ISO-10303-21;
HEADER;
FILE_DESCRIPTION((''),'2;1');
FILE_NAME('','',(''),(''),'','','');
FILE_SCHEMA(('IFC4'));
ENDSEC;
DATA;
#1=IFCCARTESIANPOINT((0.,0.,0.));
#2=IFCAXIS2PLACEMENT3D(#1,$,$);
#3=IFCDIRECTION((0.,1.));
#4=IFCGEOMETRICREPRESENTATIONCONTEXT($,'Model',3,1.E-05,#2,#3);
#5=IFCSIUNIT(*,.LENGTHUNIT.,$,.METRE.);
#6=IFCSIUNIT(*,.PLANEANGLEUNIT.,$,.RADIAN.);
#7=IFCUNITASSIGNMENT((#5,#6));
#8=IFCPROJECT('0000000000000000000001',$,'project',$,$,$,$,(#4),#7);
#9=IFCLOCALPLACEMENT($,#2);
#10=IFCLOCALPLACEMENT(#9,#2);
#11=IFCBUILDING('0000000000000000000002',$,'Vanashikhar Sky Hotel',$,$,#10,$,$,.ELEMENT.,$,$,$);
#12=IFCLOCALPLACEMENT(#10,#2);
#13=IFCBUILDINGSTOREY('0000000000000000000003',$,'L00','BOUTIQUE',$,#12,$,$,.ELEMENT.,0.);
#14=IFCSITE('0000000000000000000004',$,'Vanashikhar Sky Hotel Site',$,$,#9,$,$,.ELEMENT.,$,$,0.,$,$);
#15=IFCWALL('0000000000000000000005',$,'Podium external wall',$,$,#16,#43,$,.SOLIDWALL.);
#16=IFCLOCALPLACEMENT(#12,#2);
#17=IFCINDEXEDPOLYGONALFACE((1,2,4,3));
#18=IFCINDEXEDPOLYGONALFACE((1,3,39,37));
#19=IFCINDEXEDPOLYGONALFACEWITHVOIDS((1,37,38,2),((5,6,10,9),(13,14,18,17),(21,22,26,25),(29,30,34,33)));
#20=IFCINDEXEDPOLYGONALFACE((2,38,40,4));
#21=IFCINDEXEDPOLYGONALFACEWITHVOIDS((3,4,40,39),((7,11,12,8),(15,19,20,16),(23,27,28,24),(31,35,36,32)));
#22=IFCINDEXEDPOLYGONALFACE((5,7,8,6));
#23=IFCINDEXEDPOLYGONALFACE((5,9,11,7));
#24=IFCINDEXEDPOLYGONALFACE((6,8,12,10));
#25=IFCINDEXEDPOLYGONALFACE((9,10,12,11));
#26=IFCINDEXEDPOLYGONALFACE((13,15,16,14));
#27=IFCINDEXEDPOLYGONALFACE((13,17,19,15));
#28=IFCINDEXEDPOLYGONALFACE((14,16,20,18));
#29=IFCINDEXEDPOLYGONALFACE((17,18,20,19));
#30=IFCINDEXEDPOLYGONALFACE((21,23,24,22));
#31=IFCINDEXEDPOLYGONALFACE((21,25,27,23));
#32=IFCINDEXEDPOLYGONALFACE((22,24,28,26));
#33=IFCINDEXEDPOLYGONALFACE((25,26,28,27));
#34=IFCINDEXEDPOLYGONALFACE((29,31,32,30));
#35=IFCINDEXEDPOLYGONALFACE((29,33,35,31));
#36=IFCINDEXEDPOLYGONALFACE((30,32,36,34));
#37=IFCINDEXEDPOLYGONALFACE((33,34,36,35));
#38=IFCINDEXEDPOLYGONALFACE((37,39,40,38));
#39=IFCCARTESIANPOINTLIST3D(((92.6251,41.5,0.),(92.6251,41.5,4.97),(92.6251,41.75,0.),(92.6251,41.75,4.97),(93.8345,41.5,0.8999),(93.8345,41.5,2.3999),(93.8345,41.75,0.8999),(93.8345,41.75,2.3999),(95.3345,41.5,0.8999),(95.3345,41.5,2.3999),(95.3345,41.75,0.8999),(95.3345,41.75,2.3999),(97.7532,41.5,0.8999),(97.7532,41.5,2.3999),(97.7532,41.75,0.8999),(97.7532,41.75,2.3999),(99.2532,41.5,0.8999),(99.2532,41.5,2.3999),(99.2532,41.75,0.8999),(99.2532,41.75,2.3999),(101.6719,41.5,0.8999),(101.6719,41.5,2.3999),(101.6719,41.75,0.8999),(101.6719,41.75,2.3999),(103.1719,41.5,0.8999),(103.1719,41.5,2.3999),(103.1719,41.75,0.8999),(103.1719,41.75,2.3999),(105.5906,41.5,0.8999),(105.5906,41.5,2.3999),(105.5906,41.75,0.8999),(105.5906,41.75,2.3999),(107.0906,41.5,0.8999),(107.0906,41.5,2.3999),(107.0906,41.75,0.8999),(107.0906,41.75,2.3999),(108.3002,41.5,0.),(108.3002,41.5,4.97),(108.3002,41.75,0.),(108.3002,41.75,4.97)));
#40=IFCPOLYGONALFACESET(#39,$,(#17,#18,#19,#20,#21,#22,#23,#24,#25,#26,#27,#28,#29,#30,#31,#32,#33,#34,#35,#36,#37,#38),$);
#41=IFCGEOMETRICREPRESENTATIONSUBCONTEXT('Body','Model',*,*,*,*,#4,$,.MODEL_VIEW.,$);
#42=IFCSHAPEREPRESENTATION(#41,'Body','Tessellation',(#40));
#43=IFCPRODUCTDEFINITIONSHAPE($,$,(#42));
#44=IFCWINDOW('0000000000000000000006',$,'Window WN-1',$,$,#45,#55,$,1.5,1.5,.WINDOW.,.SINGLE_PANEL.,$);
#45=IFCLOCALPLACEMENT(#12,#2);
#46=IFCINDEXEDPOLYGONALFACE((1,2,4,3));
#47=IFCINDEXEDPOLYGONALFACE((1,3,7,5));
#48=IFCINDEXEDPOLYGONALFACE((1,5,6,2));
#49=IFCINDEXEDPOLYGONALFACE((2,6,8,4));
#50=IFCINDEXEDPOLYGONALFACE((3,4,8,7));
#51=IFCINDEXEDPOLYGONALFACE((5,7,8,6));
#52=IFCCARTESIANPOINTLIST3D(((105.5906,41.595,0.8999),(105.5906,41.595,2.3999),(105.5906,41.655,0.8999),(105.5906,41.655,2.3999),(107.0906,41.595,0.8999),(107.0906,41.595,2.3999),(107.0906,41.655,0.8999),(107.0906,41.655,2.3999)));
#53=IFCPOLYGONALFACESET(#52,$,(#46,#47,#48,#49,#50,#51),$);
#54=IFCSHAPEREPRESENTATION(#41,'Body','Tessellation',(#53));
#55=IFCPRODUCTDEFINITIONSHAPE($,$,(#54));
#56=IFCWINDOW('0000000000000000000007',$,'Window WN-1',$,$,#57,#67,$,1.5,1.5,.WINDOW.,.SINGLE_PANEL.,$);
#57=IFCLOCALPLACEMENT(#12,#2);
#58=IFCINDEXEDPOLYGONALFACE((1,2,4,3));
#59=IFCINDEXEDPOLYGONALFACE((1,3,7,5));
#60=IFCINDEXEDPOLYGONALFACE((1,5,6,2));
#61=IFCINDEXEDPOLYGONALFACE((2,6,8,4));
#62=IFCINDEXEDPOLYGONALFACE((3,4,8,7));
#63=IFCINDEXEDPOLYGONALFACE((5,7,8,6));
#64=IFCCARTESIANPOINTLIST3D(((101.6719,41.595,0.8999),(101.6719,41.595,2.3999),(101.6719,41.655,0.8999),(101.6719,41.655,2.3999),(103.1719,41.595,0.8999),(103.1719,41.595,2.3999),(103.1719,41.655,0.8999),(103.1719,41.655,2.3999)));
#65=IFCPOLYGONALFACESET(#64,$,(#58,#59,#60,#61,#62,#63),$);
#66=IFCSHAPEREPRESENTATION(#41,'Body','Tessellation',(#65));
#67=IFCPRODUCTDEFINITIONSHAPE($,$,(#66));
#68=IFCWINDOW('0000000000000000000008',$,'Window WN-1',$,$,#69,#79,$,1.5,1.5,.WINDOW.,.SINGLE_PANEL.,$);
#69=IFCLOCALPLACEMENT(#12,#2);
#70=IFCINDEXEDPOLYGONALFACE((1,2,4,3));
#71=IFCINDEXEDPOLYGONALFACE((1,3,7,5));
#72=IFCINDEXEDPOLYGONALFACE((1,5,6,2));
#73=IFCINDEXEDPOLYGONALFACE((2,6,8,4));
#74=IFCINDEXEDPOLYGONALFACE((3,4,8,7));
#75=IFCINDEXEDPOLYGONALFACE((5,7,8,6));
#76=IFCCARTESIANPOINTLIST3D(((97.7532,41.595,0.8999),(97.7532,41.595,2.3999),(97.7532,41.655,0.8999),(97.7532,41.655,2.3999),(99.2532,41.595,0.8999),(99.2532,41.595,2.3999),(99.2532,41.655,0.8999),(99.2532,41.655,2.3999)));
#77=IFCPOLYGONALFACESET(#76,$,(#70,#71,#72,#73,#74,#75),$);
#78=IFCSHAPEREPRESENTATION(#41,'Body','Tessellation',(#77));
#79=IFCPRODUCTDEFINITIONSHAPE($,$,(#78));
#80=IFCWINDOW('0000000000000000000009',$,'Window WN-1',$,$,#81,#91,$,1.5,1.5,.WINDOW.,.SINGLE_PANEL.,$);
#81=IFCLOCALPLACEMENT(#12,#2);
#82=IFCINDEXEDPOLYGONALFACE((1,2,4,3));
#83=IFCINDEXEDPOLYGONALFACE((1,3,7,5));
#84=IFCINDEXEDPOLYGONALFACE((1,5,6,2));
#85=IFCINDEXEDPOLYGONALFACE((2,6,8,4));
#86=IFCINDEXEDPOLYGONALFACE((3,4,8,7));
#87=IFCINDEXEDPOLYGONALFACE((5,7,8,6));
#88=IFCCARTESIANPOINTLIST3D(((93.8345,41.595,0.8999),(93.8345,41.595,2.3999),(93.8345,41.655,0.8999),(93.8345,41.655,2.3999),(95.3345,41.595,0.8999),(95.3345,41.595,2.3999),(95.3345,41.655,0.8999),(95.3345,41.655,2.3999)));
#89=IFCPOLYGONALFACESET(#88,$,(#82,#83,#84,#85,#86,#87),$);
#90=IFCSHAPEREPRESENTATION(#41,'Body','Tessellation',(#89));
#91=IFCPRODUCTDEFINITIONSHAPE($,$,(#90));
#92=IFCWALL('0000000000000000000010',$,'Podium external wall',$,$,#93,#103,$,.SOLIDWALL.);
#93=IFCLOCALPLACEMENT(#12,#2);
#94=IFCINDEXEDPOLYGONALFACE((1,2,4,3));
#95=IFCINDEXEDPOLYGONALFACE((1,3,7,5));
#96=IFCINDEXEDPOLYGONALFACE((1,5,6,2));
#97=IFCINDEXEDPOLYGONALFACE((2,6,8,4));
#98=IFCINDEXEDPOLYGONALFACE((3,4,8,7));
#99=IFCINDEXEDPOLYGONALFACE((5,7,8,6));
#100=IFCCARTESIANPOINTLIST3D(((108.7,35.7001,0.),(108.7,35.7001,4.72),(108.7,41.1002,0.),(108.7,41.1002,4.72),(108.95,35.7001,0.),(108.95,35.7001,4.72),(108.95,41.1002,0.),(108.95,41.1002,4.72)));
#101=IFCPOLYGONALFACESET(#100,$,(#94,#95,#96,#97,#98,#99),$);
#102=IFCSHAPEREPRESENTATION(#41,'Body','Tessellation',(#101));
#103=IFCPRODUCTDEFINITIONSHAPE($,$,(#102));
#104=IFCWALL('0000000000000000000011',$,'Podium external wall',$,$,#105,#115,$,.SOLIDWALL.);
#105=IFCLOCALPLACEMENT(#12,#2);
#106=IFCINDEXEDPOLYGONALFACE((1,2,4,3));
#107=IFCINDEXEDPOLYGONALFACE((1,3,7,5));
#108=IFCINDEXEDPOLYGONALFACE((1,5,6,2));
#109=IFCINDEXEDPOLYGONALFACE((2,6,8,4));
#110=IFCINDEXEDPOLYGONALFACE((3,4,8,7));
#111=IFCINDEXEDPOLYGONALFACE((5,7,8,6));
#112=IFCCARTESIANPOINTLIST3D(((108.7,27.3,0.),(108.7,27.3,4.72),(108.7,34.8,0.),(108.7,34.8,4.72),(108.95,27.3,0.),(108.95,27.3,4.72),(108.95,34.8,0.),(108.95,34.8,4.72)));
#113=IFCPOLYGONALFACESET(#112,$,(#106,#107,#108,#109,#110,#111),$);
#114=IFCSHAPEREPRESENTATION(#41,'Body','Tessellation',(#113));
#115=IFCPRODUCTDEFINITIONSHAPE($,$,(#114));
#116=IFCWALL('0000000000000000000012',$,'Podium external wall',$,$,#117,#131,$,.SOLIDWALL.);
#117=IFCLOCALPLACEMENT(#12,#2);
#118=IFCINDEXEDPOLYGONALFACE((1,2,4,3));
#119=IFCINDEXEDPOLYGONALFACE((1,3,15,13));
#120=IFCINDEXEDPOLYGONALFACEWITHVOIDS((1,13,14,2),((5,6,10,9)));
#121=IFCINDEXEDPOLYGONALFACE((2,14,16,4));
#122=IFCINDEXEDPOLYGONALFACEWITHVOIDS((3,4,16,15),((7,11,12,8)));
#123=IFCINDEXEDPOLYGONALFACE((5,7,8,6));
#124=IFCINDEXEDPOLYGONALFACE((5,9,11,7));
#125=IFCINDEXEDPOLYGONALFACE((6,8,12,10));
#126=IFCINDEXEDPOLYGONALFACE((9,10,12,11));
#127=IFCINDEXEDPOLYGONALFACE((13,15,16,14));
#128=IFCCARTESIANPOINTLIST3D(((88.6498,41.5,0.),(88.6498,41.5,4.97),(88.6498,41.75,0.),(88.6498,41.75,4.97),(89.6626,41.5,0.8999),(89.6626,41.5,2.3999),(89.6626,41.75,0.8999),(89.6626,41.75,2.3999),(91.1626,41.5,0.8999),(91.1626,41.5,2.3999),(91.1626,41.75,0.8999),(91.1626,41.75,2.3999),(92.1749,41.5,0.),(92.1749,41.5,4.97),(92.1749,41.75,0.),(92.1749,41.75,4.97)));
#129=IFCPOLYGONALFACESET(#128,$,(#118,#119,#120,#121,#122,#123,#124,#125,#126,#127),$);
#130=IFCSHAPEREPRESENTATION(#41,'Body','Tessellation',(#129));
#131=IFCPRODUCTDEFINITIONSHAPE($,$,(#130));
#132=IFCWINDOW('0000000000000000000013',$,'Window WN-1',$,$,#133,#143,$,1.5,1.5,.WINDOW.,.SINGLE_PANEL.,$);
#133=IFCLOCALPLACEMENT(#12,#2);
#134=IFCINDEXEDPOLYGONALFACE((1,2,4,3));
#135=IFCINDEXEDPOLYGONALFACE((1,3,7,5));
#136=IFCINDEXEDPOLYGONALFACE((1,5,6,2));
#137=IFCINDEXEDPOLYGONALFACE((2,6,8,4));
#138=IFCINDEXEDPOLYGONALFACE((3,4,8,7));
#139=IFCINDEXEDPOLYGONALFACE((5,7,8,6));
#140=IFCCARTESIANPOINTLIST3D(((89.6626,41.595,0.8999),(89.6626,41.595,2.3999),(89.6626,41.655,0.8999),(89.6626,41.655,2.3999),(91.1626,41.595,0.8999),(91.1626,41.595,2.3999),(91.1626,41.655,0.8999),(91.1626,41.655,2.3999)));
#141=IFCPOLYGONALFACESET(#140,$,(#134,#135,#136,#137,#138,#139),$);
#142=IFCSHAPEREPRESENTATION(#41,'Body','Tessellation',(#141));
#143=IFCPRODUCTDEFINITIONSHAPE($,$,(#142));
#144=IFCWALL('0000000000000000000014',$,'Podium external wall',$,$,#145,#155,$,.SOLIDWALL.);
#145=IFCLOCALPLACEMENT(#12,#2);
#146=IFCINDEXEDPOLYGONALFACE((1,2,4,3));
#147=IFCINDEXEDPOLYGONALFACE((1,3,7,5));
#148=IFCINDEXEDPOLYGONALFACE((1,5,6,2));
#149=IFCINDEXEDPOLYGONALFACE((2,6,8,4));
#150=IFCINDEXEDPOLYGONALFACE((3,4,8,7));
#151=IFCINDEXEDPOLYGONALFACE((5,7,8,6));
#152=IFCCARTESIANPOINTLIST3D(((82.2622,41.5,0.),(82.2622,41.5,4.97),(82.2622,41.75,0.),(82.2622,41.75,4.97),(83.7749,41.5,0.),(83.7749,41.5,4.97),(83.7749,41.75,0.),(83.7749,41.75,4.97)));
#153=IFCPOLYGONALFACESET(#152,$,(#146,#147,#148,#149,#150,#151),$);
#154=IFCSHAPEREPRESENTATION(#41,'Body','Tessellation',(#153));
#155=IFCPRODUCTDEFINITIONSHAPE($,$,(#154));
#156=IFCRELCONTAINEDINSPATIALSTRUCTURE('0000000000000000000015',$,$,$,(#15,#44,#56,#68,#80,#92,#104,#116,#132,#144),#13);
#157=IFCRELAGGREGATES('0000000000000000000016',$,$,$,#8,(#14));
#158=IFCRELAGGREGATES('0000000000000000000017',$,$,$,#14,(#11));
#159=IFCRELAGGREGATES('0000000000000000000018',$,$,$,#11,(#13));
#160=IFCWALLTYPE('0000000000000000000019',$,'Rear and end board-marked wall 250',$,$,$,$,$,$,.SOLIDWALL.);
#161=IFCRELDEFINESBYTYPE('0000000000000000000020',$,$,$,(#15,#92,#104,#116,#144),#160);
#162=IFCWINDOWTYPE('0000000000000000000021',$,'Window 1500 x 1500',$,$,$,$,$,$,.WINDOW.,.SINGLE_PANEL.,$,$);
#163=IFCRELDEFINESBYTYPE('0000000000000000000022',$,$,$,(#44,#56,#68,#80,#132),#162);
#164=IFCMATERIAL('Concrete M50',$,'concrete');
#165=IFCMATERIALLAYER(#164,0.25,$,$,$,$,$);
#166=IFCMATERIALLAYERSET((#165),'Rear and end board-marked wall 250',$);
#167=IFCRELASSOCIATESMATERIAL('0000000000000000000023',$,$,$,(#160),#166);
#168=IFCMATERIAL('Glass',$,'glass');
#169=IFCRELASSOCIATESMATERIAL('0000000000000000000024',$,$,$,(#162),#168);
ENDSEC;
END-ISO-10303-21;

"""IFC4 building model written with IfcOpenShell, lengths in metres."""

from ifc_helpers import new_model, si_unit, direction, frame, frame_2d, origin, place, context, subcontext, project, spatial, rectangle, extrude, source, transform, mapped, material, layer, layer_set, type_object, element, fill, save


model = new_model("IFC4")

# Units and contexts
model_context = context("Model", 3, precision=1e-05, world=origin(), true_north=direction((0.0, 1.0)))
body_context = subcontext(model_context, "Body", "Model", "MODEL_VIEW")
ifc_project = project(units=[si_unit("LENGTHUNIT", "METRE"), si_unit("PLANEANGLEUNIT", "RADIAN")], contexts=[model_context])

# Site, building, storey
site_placement = place(None, origin())
site = spatial("IfcSite", under=ifc_project, at=site_placement, Name="Vanashikhar Sky Hotel Site", CompositionType="ELEMENT", RefElevation=0.0)
building_placement = place(site_placement, origin())
building = spatial("IfcBuilding", under=site, at=building_placement, Name="Vanashikhar Sky Hotel", CompositionType="ELEMENT")
storey_placement = place(building_placement, origin())
storey = spatial("IfcBuildingStorey", under=building, at=storey_placement, Name="L00", Description="BOUTIQUE", CompositionType="ELEMENT", Elevation=0.0)

# Shared definitions
ifc_material_1 = material(Name="Concrete M50", Category="concrete")
ifc_layer_1 = layer(ifc_material_1, 0.25)
ifc_layer_set_1 = layer_set([ifc_layer_1], Name="Rear and end board-marked wall 250")
wall_type_1 = type_object("IfcWallType", Name="Rear and end board-marked wall 250", PredefinedType="SOLIDWALL", material=ifc_layer_set_1)
shared_shape_1 = source(origin(), body_context, "Body", "SweptSolid", [
    extrude(rectangle(XDim=1.5, YDim=1.5, at=frame_2d((0.75, 0.75))), frame((0.0, 0.135, 0.0), z_axis=(0.0, -1.0, 0.0), x_axis=(1.0, 0.0, 0.0)), (0.0, 0.0, 1.0), 0.27),
])
ifc_material_2 = material(Name="Glass", Category="glass")
window_type = type_object("IfcWindowType", Name="Window 1500 x 1500", PartitioningType="SINGLE_PANEL", PredefinedType="WINDOW", material=ifc_material_2)
shared_shape_2 = source(origin(), body_context, "Body", "SweptSolid", [
    extrude(rectangle(XDim=1.5, YDim=1.5, at=frame_2d((0.75, 0.75))), frame((0.0, 0.03, 0.0), z_axis=(0.0, -1.0, 0.0), x_axis=(1.0, 0.0, 0.0)), (0.0, 0.0, 1.0), 0.0601),
])

# Wall, openings, windows
shared_shape_3 = source(origin(), body_context, "Body", "SweptSolid", [
    extrude(rectangle(XDim=15.675, YDim=0.25, at=frame_2d((7.8374, 0.0))), origin(), (0.0, 0.0, 1.0), 4.97),
])
wall_1_placement = place(storey_placement, frame((108.3, 41.625, 0.0), z_axis=(0.0, 0.0, 1.0), x_axis=(-1.0, 0.0, 0.0)))
wall_1 = element("IfcWall", 1, at=wall_1_placement, inside=storey, type_object=wall_type_1, Name="Podium external wall", PredefinedType="SOLIDWALL", context=body_context, shape_type="MappedRepresentation", body=[
    mapped(shared_shape_3, transform((0.0, 0.0, 0.0), scale=1.0)),
])
opening_1_placement = place(wall_1_placement, frame((1.2095, 0.0, 0.8999)))
opening_1 = element("IfcOpeningElement", 2, at=opening_1_placement, cuts=wall_1, PredefinedType="OPENING", context=body_context, shape_type="MappedRepresentation", body=[
    mapped(shared_shape_1, transform((0.0, 0.0, 0.0), scale=1.0)),
])
opening_2_placement = place(wall_1_placement, frame((5.1282, 0.0, 0.8999)))
opening_2 = element("IfcOpeningElement", 3, at=opening_2_placement, cuts=wall_1, PredefinedType="OPENING", context=body_context, shape_type="MappedRepresentation", body=[
    mapped(shared_shape_1, transform((0.0, 0.0, 0.0), scale=1.0)),
])
opening_3_placement = place(wall_1_placement, frame((9.0469, 0.0, 0.8999)))
opening_3 = element("IfcOpeningElement", 4, at=opening_3_placement, cuts=wall_1, PredefinedType="OPENING", context=body_context, shape_type="MappedRepresentation", body=[
    mapped(shared_shape_1, transform((0.0, 0.0, 0.0), scale=1.0)),
])
opening_4_placement = place(wall_1_placement, frame((12.9656, 0.0, 0.8999)))
opening_4 = element("IfcOpeningElement", 5, at=opening_4_placement, cuts=wall_1, PredefinedType="OPENING", context=body_context, shape_type="MappedRepresentation", body=[
    mapped(shared_shape_1, transform((0.0, 0.0, 0.0), scale=1.0)),
])
window_1_placement = place(opening_1_placement, origin())
window_1 = element("IfcWindow", 6, at=window_1_placement, inside=storey, type_object=window_type, Name="Window WN-1", OverallHeight=1.5, OverallWidth=1.5, PartitioningType="SINGLE_PANEL", PredefinedType="WINDOW", context=body_context, shape_type="MappedRepresentation", body=[
    mapped(shared_shape_2, transform((0.0, 0.0, 0.0), scale=1.0)),
])
fill(opening_1, window_1)
window_2_placement = place(opening_2_placement, origin())
window_2 = element("IfcWindow", 7, at=window_2_placement, inside=storey, type_object=window_type, Name="Window WN-1", OverallHeight=1.5, OverallWidth=1.5, PartitioningType="SINGLE_PANEL", PredefinedType="WINDOW", context=body_context, shape_type="MappedRepresentation", body=[
    mapped(shared_shape_2, transform((0.0, 0.0, 0.0), scale=1.0)),
])
fill(opening_2, window_2)
window_3_placement = place(opening_3_placement, origin())
window_3 = element("IfcWindow", 8, at=window_3_placement, inside=storey, type_object=window_type, Name="Window WN-1", OverallHeight=1.5, OverallWidth=1.5, PartitioningType="SINGLE_PANEL", PredefinedType="WINDOW", context=body_context, shape_type="MappedRepresentation", body=[
    mapped(shared_shape_2, transform((0.0, 0.0, 0.0), scale=1.0)),
])
fill(opening_3, window_3)
window_4_placement = place(opening_4_placement, origin())
window_4 = element("IfcWindow", 9, at=window_4_placement, inside=storey, type_object=window_type, Name="Window WN-1", OverallHeight=1.5, OverallWidth=1.5, PartitioningType="SINGLE_PANEL", PredefinedType="WINDOW", context=body_context, shape_type="MappedRepresentation", body=[
    mapped(shared_shape_2, transform((0.0, 0.0, 0.0), scale=1.0)),
])
fill(opening_4, window_4)

# Walls
shared_shape_4 = source(origin(), body_context, "Body", "SweptSolid", [
    extrude(rectangle(XDim=5.4001, YDim=0.25, at=frame_2d((2.7002, 0.0))), origin(), (0.0, 0.0, 1.0), 4.72),
])
wall_2_placement = place(storey_placement, frame((108.825, 35.7, 0.0), z_axis=(0.0, 0.0, 1.0), x_axis=(0.0, 1.0, 0.0)))
element("IfcWall", 10, at=wall_2_placement, inside=storey, type_object=wall_type_1, Name="Podium external wall", PredefinedType="SOLIDWALL", context=body_context, shape_type="MappedRepresentation", body=[
    mapped(shared_shape_4, transform((0.0, 0.0, 0.0), scale=1.0)),
])
shared_shape_5 = source(origin(), body_context, "Body", "SweptSolid", [
    extrude(rectangle(XDim=7.5, YDim=0.25, at=frame_2d((3.75, 0.0))), origin(), (0.0, 0.0, 1.0), 4.72),
])
wall_3_placement = place(storey_placement, frame((108.825, 27.3, 0.0), z_axis=(0.0, 0.0, 1.0), x_axis=(0.0, 1.0, 0.0)))
element("IfcWall", 11, at=wall_3_placement, inside=storey, type_object=wall_type_1, Name="Podium external wall", PredefinedType="SOLIDWALL", context=body_context, shape_type="MappedRepresentation", body=[
    mapped(shared_shape_5, transform((0.0, 0.0, 0.0), scale=1.0)),
])

# Wall, opening, window
shared_shape_6 = source(origin(), body_context, "Body", "SweptSolid", [
    extrude(rectangle(XDim=3.5251, YDim=0.25, at=frame_2d((1.7627, 0.0))), origin(), (0.0, 0.0, 1.0), 4.97),
])
wall_4_placement = place(storey_placement, frame((92.175, 41.625, 0.0), z_axis=(0.0, 0.0, 1.0), x_axis=(-1.0, 0.0, 0.0)))
wall_4 = element("IfcWall", 12, at=wall_4_placement, inside=storey, type_object=wall_type_1, Name="Podium external wall", PredefinedType="SOLIDWALL", context=body_context, shape_type="MappedRepresentation", body=[
    mapped(shared_shape_6, transform((0.0, 0.0, 0.0), scale=1.0)),
])
opening_5_placement = place(wall_4_placement, frame((1.0125, 0.0, 0.8999)))
opening_5 = element("IfcOpeningElement", 13, at=opening_5_placement, cuts=wall_4, PredefinedType="OPENING", context=body_context, shape_type="MappedRepresentation", body=[
    mapped(shared_shape_1, transform((0.0, 0.0, 0.0), scale=1.0)),
])
window_5_placement = place(opening_5_placement, origin())
window_5 = element("IfcWindow", 14, at=window_5_placement, inside=storey, type_object=window_type, Name="Window WN-1", OverallHeight=1.5, OverallWidth=1.5, PartitioningType="SINGLE_PANEL", PredefinedType="WINDOW", context=body_context, shape_type="MappedRepresentation", body=[
    mapped(shared_shape_2, transform((0.0, 0.0, 0.0), scale=1.0)),
])
fill(opening_5, window_5)

# Wall
shared_shape_7 = source(origin(), body_context, "Body", "SweptSolid", [
    extrude(rectangle(XDim=1.5127, YDim=0.25, at=frame_2d((0.7563, 0.0))), origin(), (0.0, 0.0, 1.0), 4.97),
])
wall_5_placement = place(storey_placement, frame((83.7749, 41.625, 0.0), z_axis=(0.0, 0.0, 1.0), x_axis=(-1.0, 0.0, 0.0)))
element("IfcWall", 15, at=wall_5_placement, inside=storey, type_object=wall_type_1, Name="Podium external wall", PredefinedType="SOLIDWALL", context=body_context, shape_type="MappedRepresentation", body=[
    mapped(shared_shape_7, transform((0.0, 0.0, 0.0), scale=1.0)),
])

save(model, "model.ifc")
